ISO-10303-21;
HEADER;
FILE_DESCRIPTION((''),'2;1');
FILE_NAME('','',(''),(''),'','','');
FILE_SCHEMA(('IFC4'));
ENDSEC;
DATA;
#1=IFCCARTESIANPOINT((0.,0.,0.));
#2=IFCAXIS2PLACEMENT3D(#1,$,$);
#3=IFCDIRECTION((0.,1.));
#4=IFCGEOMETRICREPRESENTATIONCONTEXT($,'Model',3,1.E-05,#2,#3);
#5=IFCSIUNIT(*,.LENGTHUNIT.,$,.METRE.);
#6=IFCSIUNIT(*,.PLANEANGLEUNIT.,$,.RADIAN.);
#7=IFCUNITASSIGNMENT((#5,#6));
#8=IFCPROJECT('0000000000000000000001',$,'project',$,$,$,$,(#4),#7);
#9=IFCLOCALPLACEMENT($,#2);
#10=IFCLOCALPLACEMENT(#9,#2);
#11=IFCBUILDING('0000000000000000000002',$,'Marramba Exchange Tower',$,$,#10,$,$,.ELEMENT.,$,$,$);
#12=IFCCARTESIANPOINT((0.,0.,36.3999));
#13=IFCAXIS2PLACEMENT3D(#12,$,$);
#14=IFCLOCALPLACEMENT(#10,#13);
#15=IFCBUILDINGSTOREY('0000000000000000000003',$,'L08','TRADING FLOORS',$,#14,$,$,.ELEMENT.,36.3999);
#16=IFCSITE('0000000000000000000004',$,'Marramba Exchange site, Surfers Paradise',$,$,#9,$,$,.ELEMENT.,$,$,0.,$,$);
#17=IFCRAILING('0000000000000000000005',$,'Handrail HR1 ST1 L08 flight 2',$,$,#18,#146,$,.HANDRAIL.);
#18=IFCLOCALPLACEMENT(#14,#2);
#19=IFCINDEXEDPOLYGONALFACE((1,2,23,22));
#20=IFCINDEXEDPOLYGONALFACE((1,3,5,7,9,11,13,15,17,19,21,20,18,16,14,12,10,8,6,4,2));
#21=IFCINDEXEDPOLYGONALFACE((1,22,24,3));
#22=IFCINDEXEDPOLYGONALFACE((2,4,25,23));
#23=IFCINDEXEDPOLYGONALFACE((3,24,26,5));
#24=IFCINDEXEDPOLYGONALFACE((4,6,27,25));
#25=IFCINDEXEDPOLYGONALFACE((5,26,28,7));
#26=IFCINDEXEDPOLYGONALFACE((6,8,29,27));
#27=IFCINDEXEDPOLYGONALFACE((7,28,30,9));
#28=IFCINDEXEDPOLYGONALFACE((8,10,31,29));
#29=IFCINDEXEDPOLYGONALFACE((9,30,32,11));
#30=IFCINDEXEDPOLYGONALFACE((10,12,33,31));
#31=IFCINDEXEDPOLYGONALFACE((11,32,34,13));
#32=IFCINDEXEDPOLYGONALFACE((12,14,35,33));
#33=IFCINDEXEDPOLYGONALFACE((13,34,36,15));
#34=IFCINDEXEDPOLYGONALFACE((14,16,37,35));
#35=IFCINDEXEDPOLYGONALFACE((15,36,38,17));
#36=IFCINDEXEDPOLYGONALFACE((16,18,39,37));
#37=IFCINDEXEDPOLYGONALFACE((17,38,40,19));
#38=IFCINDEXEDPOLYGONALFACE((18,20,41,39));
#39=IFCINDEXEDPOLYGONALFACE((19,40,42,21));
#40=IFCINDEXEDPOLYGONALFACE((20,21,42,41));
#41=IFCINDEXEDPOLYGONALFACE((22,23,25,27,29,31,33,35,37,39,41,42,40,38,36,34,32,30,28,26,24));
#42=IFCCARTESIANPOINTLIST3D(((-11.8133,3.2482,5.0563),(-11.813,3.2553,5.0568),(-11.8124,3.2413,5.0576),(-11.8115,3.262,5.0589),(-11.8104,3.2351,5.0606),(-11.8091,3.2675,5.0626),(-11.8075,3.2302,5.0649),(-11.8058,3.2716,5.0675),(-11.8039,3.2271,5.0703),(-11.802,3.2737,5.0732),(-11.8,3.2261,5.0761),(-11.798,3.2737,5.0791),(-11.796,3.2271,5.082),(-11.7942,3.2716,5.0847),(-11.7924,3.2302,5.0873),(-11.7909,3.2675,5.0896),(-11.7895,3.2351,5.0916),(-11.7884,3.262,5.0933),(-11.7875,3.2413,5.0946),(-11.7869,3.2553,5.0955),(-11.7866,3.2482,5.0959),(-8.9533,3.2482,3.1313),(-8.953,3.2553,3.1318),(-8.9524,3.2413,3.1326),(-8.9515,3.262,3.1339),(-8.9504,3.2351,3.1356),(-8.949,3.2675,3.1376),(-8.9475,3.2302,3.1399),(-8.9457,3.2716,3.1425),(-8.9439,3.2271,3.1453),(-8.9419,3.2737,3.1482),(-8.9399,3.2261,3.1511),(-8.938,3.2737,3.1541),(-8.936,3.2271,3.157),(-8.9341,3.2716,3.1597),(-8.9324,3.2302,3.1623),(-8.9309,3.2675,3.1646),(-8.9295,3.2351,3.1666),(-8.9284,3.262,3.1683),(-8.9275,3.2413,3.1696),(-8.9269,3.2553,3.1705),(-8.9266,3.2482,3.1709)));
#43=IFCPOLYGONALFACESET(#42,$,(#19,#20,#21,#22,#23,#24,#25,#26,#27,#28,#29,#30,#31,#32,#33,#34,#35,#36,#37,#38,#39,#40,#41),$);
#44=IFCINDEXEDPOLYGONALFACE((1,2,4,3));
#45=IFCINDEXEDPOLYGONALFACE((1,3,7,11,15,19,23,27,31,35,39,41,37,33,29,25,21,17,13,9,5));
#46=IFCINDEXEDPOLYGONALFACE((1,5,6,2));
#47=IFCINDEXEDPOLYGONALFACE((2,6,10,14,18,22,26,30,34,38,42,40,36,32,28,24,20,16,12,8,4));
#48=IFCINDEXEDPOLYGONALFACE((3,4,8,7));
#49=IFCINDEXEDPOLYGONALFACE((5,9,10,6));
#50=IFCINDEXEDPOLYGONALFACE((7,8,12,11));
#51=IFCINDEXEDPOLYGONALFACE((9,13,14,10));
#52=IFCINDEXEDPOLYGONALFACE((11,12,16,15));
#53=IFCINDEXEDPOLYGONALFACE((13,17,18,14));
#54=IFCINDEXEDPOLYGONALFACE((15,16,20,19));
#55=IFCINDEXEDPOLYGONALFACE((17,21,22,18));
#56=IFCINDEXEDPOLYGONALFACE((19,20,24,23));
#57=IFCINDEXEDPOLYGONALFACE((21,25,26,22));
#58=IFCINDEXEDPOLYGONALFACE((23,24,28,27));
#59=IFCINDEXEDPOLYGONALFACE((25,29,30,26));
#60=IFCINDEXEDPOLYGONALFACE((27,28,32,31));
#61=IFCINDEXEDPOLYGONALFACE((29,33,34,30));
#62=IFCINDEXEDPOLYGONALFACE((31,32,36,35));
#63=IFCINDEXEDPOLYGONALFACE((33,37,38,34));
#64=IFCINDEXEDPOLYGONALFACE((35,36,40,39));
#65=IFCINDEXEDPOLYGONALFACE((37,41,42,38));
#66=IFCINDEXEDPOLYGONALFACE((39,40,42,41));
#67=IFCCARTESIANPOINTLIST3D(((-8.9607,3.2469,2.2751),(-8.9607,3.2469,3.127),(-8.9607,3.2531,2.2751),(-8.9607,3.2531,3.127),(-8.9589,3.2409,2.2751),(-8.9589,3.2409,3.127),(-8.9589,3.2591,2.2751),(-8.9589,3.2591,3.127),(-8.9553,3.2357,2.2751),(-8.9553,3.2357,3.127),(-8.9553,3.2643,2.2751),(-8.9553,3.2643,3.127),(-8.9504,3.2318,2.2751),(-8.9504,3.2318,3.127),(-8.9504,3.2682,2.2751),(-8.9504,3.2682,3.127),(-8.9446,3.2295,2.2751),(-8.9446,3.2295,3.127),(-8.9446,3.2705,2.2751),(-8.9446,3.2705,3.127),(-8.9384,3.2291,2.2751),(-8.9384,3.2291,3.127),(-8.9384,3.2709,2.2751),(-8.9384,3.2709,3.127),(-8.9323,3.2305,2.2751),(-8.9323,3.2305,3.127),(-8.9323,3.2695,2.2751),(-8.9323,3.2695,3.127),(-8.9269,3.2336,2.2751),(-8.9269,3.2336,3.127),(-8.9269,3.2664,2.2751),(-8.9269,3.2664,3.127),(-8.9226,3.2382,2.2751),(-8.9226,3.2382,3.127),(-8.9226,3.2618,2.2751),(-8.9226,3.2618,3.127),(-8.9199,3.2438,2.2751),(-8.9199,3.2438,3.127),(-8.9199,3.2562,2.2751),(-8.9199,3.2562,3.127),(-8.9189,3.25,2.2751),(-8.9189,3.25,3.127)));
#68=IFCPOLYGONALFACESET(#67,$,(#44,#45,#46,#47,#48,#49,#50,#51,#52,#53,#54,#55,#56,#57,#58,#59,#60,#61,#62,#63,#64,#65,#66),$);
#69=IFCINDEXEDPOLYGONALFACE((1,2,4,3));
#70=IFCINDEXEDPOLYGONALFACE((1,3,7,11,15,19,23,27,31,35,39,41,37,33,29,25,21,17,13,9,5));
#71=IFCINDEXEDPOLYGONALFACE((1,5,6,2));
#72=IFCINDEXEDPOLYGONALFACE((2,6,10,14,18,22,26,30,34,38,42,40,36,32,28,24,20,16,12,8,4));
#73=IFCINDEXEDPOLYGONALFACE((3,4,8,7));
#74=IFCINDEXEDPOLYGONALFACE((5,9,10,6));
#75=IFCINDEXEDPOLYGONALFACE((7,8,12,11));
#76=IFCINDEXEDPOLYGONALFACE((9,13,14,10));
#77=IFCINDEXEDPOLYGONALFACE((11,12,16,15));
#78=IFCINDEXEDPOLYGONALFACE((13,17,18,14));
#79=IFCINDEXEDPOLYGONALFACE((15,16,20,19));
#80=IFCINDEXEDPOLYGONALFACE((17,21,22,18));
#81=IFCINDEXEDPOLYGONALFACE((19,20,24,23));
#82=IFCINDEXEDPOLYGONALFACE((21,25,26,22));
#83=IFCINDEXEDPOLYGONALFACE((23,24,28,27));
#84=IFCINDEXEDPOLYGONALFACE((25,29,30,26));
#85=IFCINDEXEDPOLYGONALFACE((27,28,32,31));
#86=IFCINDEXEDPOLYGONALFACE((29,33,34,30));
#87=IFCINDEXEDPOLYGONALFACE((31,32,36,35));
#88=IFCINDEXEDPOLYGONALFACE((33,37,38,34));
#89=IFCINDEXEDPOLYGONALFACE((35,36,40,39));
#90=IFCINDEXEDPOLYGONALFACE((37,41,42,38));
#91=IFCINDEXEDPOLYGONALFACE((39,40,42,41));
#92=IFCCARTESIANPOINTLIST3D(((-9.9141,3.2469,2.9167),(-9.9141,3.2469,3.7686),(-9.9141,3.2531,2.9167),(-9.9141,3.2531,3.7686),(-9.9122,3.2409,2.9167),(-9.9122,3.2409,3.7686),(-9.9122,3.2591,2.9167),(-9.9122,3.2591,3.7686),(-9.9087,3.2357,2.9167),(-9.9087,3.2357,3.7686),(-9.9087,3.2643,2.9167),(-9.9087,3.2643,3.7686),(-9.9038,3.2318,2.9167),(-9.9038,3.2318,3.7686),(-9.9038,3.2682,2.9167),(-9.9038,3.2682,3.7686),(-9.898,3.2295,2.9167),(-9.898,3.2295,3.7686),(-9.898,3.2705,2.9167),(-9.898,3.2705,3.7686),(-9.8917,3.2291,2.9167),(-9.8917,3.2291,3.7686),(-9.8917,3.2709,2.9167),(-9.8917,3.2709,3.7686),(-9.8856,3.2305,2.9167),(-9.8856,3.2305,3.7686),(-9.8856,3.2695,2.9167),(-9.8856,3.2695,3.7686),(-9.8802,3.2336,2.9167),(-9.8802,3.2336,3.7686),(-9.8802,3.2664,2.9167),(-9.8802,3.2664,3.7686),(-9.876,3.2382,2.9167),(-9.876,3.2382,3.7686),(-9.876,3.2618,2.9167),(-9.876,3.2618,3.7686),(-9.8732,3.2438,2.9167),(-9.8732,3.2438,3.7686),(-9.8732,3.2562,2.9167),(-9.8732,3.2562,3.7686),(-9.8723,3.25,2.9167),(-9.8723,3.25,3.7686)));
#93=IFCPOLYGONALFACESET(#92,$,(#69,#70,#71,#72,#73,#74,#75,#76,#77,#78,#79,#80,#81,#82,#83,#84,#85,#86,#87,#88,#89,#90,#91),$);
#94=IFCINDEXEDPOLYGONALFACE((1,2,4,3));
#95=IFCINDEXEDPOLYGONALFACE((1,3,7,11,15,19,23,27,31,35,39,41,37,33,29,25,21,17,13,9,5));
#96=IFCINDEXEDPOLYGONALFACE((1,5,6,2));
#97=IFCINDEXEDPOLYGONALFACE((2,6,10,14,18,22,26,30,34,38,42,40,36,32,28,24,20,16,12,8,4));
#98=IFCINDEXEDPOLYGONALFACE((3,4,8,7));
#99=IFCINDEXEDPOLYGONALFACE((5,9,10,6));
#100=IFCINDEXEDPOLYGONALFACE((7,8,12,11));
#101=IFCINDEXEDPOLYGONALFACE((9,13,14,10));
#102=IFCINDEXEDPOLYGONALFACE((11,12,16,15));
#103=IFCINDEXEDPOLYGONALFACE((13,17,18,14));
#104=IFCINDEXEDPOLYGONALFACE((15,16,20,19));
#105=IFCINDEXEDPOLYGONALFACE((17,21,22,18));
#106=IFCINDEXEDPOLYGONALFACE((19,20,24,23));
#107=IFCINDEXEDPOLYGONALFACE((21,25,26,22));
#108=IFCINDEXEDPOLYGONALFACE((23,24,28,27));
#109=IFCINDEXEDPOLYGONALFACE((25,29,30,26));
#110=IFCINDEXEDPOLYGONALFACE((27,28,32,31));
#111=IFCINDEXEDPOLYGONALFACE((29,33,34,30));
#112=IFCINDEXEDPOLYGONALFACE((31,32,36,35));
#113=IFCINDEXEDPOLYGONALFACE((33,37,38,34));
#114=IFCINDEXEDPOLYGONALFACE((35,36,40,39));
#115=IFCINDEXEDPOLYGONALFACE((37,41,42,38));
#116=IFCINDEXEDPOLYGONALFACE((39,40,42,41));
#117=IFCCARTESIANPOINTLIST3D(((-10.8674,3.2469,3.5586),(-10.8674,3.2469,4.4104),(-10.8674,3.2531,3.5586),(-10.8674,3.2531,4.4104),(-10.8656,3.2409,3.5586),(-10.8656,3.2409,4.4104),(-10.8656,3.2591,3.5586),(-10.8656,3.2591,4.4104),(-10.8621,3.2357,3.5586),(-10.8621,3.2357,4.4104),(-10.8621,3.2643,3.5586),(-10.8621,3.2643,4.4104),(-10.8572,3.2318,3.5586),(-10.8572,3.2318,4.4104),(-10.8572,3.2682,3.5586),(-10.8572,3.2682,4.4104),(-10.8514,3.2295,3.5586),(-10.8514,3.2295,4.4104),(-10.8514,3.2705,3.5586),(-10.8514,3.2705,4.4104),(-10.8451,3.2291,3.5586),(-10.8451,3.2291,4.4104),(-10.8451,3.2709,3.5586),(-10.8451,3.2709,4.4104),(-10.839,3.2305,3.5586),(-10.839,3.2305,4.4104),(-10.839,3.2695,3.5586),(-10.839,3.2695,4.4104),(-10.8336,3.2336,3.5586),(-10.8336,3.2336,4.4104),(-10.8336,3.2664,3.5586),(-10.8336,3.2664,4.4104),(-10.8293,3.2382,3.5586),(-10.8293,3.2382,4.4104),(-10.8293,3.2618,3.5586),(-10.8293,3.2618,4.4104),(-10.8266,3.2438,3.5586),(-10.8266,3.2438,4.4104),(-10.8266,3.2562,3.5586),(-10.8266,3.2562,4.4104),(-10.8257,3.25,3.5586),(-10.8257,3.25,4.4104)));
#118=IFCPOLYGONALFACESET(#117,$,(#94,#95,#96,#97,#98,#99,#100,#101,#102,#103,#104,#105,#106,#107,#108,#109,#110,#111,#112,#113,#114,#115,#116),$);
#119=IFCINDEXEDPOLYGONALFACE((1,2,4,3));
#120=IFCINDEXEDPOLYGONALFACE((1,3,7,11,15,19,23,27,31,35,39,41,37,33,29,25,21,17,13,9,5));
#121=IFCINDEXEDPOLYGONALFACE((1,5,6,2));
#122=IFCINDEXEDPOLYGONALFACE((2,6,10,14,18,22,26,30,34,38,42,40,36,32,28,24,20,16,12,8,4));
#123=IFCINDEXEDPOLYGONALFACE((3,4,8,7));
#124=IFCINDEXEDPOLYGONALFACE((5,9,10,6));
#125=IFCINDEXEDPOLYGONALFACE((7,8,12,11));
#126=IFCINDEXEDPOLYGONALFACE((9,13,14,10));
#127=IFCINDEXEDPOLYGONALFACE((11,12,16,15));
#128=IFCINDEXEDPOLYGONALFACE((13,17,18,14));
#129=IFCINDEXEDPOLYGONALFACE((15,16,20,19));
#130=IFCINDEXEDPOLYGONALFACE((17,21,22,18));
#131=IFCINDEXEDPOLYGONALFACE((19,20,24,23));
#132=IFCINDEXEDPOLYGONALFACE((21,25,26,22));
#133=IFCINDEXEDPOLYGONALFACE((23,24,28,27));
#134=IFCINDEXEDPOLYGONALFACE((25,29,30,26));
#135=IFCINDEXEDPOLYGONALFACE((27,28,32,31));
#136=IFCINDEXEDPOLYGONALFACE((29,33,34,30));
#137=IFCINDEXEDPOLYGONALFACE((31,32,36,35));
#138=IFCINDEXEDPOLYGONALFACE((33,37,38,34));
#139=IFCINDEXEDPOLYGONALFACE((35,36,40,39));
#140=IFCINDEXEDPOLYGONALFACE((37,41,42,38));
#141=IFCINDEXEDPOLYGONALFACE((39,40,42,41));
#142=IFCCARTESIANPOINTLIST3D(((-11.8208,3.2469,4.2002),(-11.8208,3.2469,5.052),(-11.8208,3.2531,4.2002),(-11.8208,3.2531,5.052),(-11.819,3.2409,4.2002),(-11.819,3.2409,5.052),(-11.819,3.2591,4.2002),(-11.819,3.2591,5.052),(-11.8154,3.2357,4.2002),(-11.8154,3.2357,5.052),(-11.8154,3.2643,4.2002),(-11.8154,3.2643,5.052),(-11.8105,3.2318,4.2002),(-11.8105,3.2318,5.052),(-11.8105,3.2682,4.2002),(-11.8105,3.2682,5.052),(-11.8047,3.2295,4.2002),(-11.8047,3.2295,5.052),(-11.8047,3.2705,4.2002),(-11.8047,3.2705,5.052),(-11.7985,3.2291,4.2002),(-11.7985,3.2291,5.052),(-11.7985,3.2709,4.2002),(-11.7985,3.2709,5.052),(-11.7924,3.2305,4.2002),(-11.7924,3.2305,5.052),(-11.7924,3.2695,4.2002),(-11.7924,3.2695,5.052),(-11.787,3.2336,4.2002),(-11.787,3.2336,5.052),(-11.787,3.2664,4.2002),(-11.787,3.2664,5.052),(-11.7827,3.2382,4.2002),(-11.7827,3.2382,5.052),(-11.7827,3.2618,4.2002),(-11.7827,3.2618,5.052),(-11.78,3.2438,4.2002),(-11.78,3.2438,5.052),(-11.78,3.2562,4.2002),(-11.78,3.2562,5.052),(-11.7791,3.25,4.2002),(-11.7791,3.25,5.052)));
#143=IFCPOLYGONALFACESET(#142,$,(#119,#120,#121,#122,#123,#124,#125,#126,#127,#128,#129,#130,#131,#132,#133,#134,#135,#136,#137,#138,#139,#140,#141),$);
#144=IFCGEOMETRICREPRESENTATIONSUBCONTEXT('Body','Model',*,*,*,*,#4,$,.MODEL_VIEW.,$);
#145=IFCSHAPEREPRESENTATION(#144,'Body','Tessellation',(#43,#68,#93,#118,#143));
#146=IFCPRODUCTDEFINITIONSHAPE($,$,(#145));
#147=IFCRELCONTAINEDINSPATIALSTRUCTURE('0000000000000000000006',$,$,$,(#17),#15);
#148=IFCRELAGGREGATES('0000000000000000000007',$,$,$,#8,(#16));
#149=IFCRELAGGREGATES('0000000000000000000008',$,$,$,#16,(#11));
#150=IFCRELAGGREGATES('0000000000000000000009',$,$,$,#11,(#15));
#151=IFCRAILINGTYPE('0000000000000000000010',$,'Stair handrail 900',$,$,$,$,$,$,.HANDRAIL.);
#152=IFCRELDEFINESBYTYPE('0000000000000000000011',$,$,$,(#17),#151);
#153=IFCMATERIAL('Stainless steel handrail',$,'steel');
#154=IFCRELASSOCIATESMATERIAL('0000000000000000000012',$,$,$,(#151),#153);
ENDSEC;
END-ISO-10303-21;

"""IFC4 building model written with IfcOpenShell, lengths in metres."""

from ifc_helpers import new_model, si_unit, direction, frame, origin, origin_2d, place, context, subcontext, project, spatial, circle, extrude, material, type_object, element, save


model = new_model("IFC4")

# Units and contexts
model_context = context("Model", 3, precision=1e-05, world=origin(), true_north=direction((0.0, 1.0)))
body_context = subcontext(model_context, "Body", "Model", "MODEL_VIEW")
ifc_project = project(units=[si_unit("LENGTHUNIT", "METRE"), si_unit("PLANEANGLEUNIT", "RADIAN")], contexts=[model_context])

# Site, building, storey
site_placement = place(None, origin())
site = spatial("IfcSite", under=ifc_project, at=site_placement, Name="Marramba Exchange site, Surfers Paradise", CompositionType="ELEMENT", RefElevation=0.0)
building_placement = place(site_placement, origin())
building = spatial("IfcBuilding", under=site, at=building_placement, Name="Marramba Exchange Tower", CompositionType="ELEMENT")
storey_placement = place(building_placement, frame((0.0, 0.0, 36.3999)))
storey = spatial("IfcBuildingStorey", under=building, at=storey_placement, Name="L08", Description="TRADING FLOORS", CompositionType="ELEMENT", Elevation=36.3999)

# Railing
ifc_material_1 = material(Name="Stainless steel handrail", Category="steel")
railing_type = type_object("IfcRailingType", Name="Stair handrail 900", PredefinedType="HANDRAIL", material=ifc_material_1)
railing_1_placement = place(storey_placement, frame((-8.9399, 3.25, 2.2751)))
element("IfcRailing", 1, at=railing_1_placement, inside=storey, type_object=railing_type, Name="Handrail HR1 ST1 L08 flight 2", PredefinedType="HANDRAIL", context=body_context, shape_type="SweptSolid", body=[
    extrude(circle(Radius=0.0239, at=origin_2d()), frame((0.0, 0.0, 0.876), z_axis=(-0.829591, 0.0, 0.558372), x_axis=(0.0, -1.0, 0.0)), (0.0, 0.0, 1.0), 3.4475),
    extrude(circle(Radius=0.021, at=origin_2d()), origin(), (0.0, 0.0, 1.0), 0.8518),
    extrude(circle(Radius=0.021, at=origin_2d()), frame((-0.9534, 0.0, 0.6416)), (0.0, 0.0, 1.0), 0.8518),
    extrude(circle(Radius=0.021, at=origin_2d()), frame((-1.9067, 0.0, 1.2834)), (0.0, 0.0, 1.0), 0.8518),
    extrude(circle(Radius=0.021, at=origin_2d()), frame((-2.8601, 0.0, 1.925)), (0.0, 0.0, 1.0), 0.8518),
])

save(model, "model.ifc")
